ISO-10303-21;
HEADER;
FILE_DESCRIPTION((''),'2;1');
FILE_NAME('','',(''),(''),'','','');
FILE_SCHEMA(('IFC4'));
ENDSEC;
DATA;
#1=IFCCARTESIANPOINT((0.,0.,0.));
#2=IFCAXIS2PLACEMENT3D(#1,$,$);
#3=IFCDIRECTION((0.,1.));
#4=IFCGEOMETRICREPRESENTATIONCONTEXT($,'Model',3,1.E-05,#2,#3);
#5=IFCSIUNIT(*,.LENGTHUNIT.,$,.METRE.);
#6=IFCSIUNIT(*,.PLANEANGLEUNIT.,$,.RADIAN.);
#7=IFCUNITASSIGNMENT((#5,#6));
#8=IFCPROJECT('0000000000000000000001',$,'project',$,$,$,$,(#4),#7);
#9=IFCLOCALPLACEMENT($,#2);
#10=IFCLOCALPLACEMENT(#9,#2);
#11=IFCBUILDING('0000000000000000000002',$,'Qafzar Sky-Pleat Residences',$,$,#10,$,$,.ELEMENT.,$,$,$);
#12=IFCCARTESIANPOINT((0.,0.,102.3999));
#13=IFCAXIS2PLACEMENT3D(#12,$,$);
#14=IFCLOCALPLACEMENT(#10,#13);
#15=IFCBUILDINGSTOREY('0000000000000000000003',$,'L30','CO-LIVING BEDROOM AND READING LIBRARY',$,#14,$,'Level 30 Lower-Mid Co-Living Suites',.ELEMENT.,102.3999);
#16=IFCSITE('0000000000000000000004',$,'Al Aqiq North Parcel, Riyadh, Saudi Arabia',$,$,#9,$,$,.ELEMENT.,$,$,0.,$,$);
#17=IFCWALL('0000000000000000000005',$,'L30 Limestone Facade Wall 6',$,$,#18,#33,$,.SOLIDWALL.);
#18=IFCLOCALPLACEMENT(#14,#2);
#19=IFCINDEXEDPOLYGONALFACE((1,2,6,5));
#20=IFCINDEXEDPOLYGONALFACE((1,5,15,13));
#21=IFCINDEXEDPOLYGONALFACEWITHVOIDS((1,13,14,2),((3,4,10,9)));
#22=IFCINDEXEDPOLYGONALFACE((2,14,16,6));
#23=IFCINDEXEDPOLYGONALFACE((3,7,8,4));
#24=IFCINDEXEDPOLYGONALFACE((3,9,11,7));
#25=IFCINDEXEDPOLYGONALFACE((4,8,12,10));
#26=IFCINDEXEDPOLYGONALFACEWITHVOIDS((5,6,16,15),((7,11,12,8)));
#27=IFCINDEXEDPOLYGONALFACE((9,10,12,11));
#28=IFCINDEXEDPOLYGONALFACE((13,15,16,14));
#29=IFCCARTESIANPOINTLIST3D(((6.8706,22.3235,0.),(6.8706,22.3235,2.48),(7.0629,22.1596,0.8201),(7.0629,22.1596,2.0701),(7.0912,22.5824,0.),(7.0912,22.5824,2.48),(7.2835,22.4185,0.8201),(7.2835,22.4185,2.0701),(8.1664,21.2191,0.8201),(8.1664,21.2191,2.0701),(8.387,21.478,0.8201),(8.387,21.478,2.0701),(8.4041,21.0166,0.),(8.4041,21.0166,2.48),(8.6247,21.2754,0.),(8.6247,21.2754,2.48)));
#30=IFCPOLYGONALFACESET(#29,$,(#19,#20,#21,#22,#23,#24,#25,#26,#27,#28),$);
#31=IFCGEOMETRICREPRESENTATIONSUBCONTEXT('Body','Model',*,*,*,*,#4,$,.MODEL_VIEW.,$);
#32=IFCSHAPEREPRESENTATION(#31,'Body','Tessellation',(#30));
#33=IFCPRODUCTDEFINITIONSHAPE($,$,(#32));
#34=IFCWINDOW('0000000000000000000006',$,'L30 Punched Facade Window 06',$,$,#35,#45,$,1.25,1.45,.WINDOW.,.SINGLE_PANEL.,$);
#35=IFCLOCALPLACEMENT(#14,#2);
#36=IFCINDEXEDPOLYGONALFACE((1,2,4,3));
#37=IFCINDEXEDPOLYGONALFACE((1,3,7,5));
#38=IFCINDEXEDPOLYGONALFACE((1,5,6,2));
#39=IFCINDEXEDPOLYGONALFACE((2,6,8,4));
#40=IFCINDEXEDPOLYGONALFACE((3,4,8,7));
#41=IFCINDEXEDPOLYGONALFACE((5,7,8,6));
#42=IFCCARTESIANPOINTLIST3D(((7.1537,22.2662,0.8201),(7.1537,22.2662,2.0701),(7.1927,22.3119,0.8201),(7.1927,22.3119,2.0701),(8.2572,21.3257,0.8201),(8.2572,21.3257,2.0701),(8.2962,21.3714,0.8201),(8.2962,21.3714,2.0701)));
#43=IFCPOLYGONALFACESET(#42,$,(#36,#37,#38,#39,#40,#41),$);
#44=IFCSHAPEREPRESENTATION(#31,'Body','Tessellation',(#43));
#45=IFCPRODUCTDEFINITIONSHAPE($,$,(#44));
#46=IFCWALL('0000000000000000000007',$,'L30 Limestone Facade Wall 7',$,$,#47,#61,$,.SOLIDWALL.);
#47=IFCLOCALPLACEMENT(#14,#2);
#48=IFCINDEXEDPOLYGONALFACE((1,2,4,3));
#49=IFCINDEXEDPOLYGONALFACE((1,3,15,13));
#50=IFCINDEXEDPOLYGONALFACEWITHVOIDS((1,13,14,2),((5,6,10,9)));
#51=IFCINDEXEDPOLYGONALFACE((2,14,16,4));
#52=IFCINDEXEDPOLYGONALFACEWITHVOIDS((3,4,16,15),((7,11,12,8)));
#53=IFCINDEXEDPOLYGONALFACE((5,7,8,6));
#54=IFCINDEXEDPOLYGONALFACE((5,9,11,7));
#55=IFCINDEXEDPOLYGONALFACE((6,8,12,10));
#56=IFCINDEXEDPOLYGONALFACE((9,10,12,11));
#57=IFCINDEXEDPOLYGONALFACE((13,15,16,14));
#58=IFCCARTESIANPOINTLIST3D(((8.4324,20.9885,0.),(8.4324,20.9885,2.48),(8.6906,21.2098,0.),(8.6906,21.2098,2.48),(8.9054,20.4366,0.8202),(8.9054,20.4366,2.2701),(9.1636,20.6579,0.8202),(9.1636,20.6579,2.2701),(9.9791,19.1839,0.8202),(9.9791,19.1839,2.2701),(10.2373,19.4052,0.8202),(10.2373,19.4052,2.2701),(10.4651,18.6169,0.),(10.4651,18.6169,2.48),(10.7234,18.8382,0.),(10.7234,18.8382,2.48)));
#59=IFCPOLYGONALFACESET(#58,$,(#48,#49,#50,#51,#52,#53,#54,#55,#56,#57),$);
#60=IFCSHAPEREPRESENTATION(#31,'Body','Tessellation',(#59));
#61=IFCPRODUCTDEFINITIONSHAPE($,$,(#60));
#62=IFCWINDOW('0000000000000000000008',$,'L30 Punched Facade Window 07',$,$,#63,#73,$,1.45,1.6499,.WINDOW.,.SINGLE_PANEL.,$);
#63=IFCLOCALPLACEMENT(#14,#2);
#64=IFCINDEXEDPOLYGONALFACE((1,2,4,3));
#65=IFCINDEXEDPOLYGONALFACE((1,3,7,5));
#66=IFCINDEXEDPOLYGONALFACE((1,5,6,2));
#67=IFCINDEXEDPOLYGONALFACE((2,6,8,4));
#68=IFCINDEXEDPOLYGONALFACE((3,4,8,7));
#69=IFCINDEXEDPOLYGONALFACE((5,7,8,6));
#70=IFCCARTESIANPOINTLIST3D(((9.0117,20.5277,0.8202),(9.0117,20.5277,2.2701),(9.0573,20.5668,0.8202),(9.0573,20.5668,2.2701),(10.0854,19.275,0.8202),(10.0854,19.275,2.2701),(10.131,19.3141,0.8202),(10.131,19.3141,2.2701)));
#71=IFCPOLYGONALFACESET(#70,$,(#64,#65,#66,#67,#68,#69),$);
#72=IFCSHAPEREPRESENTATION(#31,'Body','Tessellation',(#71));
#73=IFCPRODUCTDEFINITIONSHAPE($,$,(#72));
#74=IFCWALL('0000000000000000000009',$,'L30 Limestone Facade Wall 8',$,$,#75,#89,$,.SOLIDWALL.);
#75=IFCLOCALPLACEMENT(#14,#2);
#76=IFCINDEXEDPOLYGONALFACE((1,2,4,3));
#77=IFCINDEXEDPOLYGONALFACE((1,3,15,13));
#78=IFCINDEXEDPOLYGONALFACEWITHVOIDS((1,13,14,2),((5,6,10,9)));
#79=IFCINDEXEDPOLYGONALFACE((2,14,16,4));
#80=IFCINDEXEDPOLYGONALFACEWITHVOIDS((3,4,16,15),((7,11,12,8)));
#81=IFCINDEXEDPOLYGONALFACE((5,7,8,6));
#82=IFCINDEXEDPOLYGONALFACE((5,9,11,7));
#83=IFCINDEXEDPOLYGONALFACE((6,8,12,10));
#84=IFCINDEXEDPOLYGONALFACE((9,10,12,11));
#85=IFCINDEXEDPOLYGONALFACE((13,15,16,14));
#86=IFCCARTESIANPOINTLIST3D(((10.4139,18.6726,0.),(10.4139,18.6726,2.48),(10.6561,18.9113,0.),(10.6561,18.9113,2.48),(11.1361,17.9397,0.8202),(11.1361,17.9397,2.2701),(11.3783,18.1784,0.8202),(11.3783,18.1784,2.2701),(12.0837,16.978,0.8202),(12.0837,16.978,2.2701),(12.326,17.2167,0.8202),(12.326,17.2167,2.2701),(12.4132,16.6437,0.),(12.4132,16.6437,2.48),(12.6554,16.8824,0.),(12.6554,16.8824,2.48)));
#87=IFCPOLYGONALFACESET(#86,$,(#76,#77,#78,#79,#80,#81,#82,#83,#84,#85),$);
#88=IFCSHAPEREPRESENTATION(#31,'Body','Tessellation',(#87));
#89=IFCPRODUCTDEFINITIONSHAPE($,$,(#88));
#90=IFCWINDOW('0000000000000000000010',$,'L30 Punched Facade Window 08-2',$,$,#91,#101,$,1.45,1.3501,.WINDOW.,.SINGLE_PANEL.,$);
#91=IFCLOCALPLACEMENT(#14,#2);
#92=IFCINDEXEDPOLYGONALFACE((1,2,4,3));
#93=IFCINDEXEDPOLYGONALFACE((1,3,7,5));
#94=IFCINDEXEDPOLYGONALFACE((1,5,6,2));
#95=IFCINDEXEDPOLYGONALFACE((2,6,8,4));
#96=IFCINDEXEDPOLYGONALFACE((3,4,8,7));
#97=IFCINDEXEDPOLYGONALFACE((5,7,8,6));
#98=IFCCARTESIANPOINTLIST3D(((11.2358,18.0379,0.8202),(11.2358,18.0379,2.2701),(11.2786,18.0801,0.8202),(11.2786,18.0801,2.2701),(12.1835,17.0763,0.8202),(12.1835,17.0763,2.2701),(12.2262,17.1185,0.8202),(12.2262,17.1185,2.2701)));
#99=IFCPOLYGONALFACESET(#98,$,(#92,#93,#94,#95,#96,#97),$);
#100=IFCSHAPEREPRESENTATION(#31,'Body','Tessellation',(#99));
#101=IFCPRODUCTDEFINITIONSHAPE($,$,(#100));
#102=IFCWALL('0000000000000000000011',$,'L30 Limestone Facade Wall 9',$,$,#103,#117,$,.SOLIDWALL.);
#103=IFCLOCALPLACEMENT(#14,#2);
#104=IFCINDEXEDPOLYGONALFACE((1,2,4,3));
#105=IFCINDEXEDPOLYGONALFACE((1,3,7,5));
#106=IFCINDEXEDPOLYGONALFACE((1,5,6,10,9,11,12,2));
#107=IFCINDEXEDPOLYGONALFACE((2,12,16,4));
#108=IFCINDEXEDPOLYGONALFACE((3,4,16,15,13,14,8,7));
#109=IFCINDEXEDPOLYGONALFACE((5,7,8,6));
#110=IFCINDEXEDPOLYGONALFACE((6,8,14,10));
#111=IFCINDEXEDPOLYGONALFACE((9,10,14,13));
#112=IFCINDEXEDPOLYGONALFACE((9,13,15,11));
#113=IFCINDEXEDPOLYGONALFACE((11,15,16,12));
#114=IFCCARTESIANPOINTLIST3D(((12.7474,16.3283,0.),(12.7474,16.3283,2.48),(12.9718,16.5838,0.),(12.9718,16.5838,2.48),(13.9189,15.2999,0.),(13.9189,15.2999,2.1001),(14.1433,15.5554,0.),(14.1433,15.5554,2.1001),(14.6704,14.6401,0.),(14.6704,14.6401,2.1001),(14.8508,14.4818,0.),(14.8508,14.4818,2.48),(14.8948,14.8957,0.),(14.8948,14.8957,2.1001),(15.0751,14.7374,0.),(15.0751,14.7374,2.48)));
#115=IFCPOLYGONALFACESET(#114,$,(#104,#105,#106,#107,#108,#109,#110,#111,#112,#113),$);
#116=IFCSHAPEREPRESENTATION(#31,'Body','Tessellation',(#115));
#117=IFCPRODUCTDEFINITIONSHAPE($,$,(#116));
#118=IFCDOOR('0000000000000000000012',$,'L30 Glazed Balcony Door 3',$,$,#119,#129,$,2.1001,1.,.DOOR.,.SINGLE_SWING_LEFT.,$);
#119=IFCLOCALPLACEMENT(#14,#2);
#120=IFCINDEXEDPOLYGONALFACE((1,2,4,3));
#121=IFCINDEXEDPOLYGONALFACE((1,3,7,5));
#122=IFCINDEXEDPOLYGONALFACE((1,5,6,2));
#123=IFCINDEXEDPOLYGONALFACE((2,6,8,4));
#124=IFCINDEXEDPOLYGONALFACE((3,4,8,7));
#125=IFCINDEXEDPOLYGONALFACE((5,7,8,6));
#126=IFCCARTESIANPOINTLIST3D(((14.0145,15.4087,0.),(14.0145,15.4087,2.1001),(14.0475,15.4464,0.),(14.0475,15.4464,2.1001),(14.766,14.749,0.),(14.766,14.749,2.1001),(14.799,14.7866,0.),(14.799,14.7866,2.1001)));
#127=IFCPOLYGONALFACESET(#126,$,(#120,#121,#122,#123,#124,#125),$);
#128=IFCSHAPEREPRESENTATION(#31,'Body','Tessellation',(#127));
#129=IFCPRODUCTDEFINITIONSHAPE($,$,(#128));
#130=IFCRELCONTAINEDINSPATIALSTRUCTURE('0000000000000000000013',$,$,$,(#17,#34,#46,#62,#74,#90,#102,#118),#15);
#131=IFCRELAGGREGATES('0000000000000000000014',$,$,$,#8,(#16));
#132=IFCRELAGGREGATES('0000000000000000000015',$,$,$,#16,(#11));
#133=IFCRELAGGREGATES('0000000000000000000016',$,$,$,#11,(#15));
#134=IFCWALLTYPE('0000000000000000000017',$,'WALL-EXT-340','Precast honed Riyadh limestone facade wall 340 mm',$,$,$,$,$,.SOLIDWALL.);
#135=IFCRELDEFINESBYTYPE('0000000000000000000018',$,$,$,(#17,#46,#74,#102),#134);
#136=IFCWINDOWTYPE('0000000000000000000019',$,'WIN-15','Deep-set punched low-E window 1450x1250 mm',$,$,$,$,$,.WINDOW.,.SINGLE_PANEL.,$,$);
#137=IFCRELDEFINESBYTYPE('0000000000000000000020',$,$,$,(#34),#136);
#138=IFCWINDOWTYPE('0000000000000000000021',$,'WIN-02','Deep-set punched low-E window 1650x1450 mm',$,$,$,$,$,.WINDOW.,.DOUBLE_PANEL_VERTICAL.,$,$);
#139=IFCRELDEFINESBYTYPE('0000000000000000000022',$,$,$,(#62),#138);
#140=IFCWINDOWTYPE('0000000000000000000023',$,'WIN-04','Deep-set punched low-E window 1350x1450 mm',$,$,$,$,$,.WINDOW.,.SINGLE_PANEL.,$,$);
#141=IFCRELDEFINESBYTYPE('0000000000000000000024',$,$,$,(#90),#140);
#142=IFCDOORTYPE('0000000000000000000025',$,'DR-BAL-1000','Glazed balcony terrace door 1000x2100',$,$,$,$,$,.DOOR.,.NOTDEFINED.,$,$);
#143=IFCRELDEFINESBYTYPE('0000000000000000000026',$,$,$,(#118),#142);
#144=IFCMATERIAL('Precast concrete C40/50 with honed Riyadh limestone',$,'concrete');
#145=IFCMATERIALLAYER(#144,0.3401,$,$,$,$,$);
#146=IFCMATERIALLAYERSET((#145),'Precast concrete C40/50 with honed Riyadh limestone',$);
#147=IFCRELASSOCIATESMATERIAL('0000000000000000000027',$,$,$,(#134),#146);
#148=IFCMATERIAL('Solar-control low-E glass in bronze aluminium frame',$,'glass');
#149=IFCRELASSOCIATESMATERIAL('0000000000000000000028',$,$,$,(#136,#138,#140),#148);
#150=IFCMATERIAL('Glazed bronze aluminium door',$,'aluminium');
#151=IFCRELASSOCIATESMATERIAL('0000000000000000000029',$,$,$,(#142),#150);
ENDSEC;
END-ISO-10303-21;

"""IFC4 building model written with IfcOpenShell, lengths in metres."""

from ifc_helpers import new_model, si_unit, direction, frame, frame_2d, origin, place, context, subcontext, project, spatial, rectangle, extrude, source, transform, mapped, material, layer, layer_set, type_object, element, fill, save


model = new_model("IFC4")

# Units and contexts
model_context = context("Model", 3, precision=1e-05, world=origin(), true_north=direction((0.0, 1.0)))
body_context = subcontext(model_context, "Body", "Model", "MODEL_VIEW")
ifc_project = project(units=[si_unit("LENGTHUNIT", "METRE"), si_unit("PLANEANGLEUNIT", "RADIAN")], contexts=[model_context])

# Site, building, storey
site_placement = place(None, origin())
site = spatial("IfcSite", under=ifc_project, at=site_placement, Name="Al Aqiq North Parcel, Riyadh, Saudi Arabia", CompositionType="ELEMENT", RefElevation=0.0)
building_placement = place(site_placement, origin())
building = spatial("IfcBuilding", under=site, at=building_placement, Name="Qafzar Sky-Pleat Residences", CompositionType="ELEMENT")
storey_placement = place(building_placement, frame((0.0, 0.0, 102.3999)))
storey = spatial("IfcBuildingStorey", under=building, at=storey_placement, Name="L30", Description="CO-LIVING BEDROOM AND READING LIBRARY", LongName="Level 30 Lower-Mid Co-Living Suites", CompositionType="ELEMENT", Elevation=102.3999)

# Walls, openings, windows
ifc_material_1 = material(Name="Precast concrete C40/50 with honed Riyadh limestone", Category="concrete")
ifc_layer_1 = layer(ifc_material_1, 0.3401)
ifc_layer_set_1 = layer_set([ifc_layer_1], Name="Precast concrete C40/50 with honed Riyadh limestone")
wall_type_1 = type_object("IfcWallType", Name="WALL-EXT-340", Description="Precast honed Riyadh limestone facade wall 340 mm", PredefinedType="SOLIDWALL", material=ifc_layer_set_1)
wall_1_placement = place(storey_placement, frame((6.981, 22.4529, 0.0), z_axis=(0.0, 0.0, 1.0), x_axis=(0.761093, -0.648643, 0.0)))
wall_1 = element("IfcWall", 1, at=wall_1_placement, inside=storey, type_object=wall_type_1, Name="L30 Limestone Facade Wall 6", PredefinedType="SOLIDWALL", context=body_context, shape_type="SweptSolid", body=[
    extrude(rectangle(XDim=2.0149, YDim=0.3401, at=frame_2d((1.0073, 0.0))), origin(), (0.0, 0.0, 1.0), 2.48),
])
opening_1_placement = place(wall_1_placement, frame((0.2524, 0.0, 0.8201)))
opening_1 = element("IfcOpeningElement", 2, at=opening_1_placement, cuts=wall_1, PredefinedType="OPENING", context=body_context, shape_type="SweptSolid", body=[
    extrude(rectangle(XDim=1.45, YDim=1.25, at=frame_2d((0.7251, 0.625))), frame((0.0, 0.1802, 0.0), z_axis=(0.0, -1.0, 0.0), x_axis=(1.0, 0.0, 0.0)), (0.0, 0.0, 1.0), 0.3601),
])
ifc_material_2 = material(Name="Solar-control low-E glass in bronze aluminium frame", Category="glass")
window_type_1 = type_object("IfcWindowType", Name="WIN-15", Description="Deep-set punched low-E window 1450x1250 mm", PartitioningType="SINGLE_PANEL", PredefinedType="WINDOW", material=ifc_material_2)
shared_shape_1 = source(origin(), body_context, "Body", "SweptSolid", [
    extrude(rectangle(XDim=1.45, YDim=1.25, at=frame_2d((0.7251, 0.625))), frame((0.0, 0.03, 0.0), z_axis=(0.0, -1.0, 0.0), x_axis=(1.0, 0.0, 0.0)), (0.0, 0.0, 1.0), 0.0601),
])
window_1_placement = place(opening_1_placement, origin())
window_1 = element("IfcWindow", 3, at=window_1_placement, inside=storey, type_object=window_type_1, Name="L30 Punched Facade Window 06", OverallHeight=1.25, OverallWidth=1.45, PartitioningType="SINGLE_PANEL", PredefinedType="WINDOW", context=body_context, shape_type="MappedRepresentation", body=[
    mapped(shared_shape_1, transform((0.0, 0.0, 0.0), x_axis=(1.0, 0.0, 0.0), y_axis=(0.0, 1.0, 0.0), z_axis=(0.0, 0.0, 1.0), scale=1.0)),
])
fill(opening_1, window_1)
wall_2_placement = place(storey_placement, frame((8.5615, 21.0991, 0.0), z_axis=(0.0, 0.0, 1.0), x_axis=(0.650778, -0.759268, 0.0)))
wall_2 = element("IfcWall", 4, at=wall_2_placement, inside=storey, type_object=wall_type_1, Name="L30 Limestone Facade Wall 7", PredefinedType="SOLIDWALL", context=body_context, shape_type="SweptSolid", body=[
    extrude(rectangle(XDim=3.1235, YDim=0.3401, at=frame_2d((1.5618, 0.0))), origin(), (0.0, 0.0, 1.0), 2.48),
])
opening_2_placement = place(wall_2_placement, frame((0.7268, 0.0, 0.8201)))
opening_2 = element("IfcOpeningElement", 5, at=opening_2_placement, cuts=wall_2, PredefinedType="OPENING", context=body_context, shape_type="SweptSolid", body=[
    extrude(rectangle(XDim=1.6499, YDim=1.45, at=frame_2d((0.825, 0.7251))), frame((0.0, 0.1802, 0.0), z_axis=(0.0, -1.0, 0.0), x_axis=(1.0, 0.0, 0.0)), (0.0, 0.0, 1.0), 0.3601),
])
window_type_2 = type_object("IfcWindowType", Name="WIN-02", Description="Deep-set punched low-E window 1650x1450 mm", PartitioningType="DOUBLE_PANEL_VERTICAL", PredefinedType="WINDOW", material=ifc_material_2)
shared_shape_2 = source(origin(), body_context, "Body", "SweptSolid", [
    extrude(rectangle(XDim=1.6499, YDim=1.45, at=frame_2d((0.825, 0.7251))), frame((0.0, 0.03, 0.0), z_axis=(0.0, -1.0, 0.0), x_axis=(1.0, 0.0, 0.0)), (0.0, 0.0, 1.0), 0.0601),
])
window_2_placement = place(opening_2_placement, origin())
window_2 = element("IfcWindow", 6, at=window_2_placement, inside=storey, type_object=window_type_2, Name="L30 Punched Facade Window 07", OverallHeight=1.45, OverallWidth=1.6499, PartitioningType="SINGLE_PANEL", PredefinedType="WINDOW", context=body_context, shape_type="MappedRepresentation", body=[
    mapped(shared_shape_2, transform((0.0, 0.0, 0.0), x_axis=(1.0, 0.0, 0.0), y_axis=(0.0, 1.0, 0.0), z_axis=(0.0, 0.0, 1.0), scale=1.0)),
])
fill(opening_2, window_2)
wall_3_placement = place(storey_placement, frame((10.5349, 18.792, 0.0), z_axis=(0.0, 0.0, 1.0), x_axis=(0.701902, -0.712273, 0.0)))
wall_3 = element("IfcWall", 7, at=wall_3_placement, inside=storey, type_object=wall_type_1, Name="L30 Limestone Facade Wall 8", PredefinedType="SOLIDWALL", context=body_context, shape_type="SweptSolid", body=[
    extrude(rectangle(XDim=2.8484, YDim=0.3401, at=frame_2d((1.4243, 0.0))), origin(), (0.0, 0.0, 1.0), 2.48),
])
opening_3_placement = place(wall_3_placement, frame((1.0291, 0.0, 0.8201)))
opening_3 = element("IfcOpeningElement", 8, at=opening_3_placement, cuts=wall_3, PredefinedType="OPENING", context=body_context, shape_type="SweptSolid", body=[
    extrude(rectangle(XDim=1.3501, YDim=1.45, at=frame_2d((0.675, 0.7251))), frame((0.0, 0.1802, 0.0), z_axis=(0.0, -1.0, 0.0), x_axis=(1.0, 0.0, 0.0)), (0.0, 0.0, 1.0), 0.3601),
])
window_type_3 = type_object("IfcWindowType", Name="WIN-04", Description="Deep-set punched low-E window 1350x1450 mm", PartitioningType="SINGLE_PANEL", PredefinedType="WINDOW", material=ifc_material_2)
shared_shape_3 = source(origin(), body_context, "Body", "SweptSolid", [
    extrude(rectangle(XDim=1.3501, YDim=1.45, at=frame_2d((0.675, 0.7251))), frame((0.0, 0.03, 0.0), z_axis=(0.0, -1.0, 0.0), x_axis=(1.0, 0.0, 0.0)), (0.0, 0.0, 1.0), 0.0601),
])
window_3_placement = place(opening_3_placement, origin())
window_3 = element("IfcWindow", 9, at=window_3_placement, inside=storey, type_object=window_type_3, Name="L30 Punched Facade Window 08-2", OverallHeight=1.45, OverallWidth=1.3501, PartitioningType="SINGLE_PANEL", PredefinedType="WINDOW", context=body_context, shape_type="MappedRepresentation", body=[
    mapped(shared_shape_3, transform((0.0, 0.0, 0.0), x_axis=(1.0, 0.0, 0.0), y_axis=(0.0, 1.0, 0.0), z_axis=(0.0, 0.0, 1.0), scale=1.0)),
])
fill(opening_3, window_3)

# Wall, opening, door
wall_4_placement = place(storey_placement, frame((12.8596, 16.4561, 0.0), z_axis=(0.0, 0.0, 1.0), x_axis=(0.7515, -0.659733, 0.0)))
wall_4 = element("IfcWall", 10, at=wall_4_placement, inside=storey, type_object=wall_type_1, Name="L30 Limestone Facade Wall 9", PredefinedType="SOLIDWALL", context=body_context, shape_type="SweptSolid", body=[
    extrude(rectangle(XDim=2.7988, YDim=0.3401, at=frame_2d((1.3994, 0.0))), origin(), (0.0, 0.0, 1.0), 2.48),
])
opening_4_placement = place(wall_4_placement, frame((1.5588, 0.0, 0.0)))
opening_4 = element("IfcOpeningElement", 11, at=opening_4_placement, cuts=wall_4, PredefinedType="OPENING", context=body_context, shape_type="SweptSolid", body=[
    extrude(rectangle(XDim=1.0, YDim=2.1001, at=frame_2d((0.5, 1.05))), frame((0.0, 0.1802, 0.0), z_axis=(0.0, -1.0, 0.0), x_axis=(1.0, 0.0, 0.0)), (0.0, 0.0, 1.0), 0.3601),
])
ifc_material_3 = material(Name="Glazed bronze aluminium door", Category="aluminium")
door_type = type_object("IfcDoorType", Name="DR-BAL-1000", Description="Glazed balcony terrace door 1000x2100", OperationType="NOTDEFINED", PredefinedType="DOOR", material=ifc_material_3)
shared_shape_4 = source(origin(), body_context, "Body", "SweptSolid", [
    extrude(rectangle(XDim=1.0, YDim=2.1001, at=frame_2d((0.5, 1.05))), frame((0.0, 0.0249, 0.0), z_axis=(0.0, -1.0, 0.0), x_axis=(1.0, 0.0, 0.0)), (0.0, 0.0, 1.0), 0.05),
])
door_placement = place(opening_4_placement, origin())
door = element("IfcDoor", 12, at=door_placement, inside=storey, type_object=door_type, Name="L30 Glazed Balcony Door 3", OperationType="SINGLE_SWING_LEFT", OverallHeight=2.1001, OverallWidth=1.0, PredefinedType="DOOR", context=body_context, shape_type="MappedRepresentation", body=[
    mapped(shared_shape_4, transform((0.0, 0.0, 0.0), x_axis=(1.0, 0.0, 0.0), y_axis=(0.0, 1.0, 0.0), z_axis=(0.0, 0.0, 1.0), scale=1.0)),
])
fill(opening_4, door)

save(model, "model.ifc")
